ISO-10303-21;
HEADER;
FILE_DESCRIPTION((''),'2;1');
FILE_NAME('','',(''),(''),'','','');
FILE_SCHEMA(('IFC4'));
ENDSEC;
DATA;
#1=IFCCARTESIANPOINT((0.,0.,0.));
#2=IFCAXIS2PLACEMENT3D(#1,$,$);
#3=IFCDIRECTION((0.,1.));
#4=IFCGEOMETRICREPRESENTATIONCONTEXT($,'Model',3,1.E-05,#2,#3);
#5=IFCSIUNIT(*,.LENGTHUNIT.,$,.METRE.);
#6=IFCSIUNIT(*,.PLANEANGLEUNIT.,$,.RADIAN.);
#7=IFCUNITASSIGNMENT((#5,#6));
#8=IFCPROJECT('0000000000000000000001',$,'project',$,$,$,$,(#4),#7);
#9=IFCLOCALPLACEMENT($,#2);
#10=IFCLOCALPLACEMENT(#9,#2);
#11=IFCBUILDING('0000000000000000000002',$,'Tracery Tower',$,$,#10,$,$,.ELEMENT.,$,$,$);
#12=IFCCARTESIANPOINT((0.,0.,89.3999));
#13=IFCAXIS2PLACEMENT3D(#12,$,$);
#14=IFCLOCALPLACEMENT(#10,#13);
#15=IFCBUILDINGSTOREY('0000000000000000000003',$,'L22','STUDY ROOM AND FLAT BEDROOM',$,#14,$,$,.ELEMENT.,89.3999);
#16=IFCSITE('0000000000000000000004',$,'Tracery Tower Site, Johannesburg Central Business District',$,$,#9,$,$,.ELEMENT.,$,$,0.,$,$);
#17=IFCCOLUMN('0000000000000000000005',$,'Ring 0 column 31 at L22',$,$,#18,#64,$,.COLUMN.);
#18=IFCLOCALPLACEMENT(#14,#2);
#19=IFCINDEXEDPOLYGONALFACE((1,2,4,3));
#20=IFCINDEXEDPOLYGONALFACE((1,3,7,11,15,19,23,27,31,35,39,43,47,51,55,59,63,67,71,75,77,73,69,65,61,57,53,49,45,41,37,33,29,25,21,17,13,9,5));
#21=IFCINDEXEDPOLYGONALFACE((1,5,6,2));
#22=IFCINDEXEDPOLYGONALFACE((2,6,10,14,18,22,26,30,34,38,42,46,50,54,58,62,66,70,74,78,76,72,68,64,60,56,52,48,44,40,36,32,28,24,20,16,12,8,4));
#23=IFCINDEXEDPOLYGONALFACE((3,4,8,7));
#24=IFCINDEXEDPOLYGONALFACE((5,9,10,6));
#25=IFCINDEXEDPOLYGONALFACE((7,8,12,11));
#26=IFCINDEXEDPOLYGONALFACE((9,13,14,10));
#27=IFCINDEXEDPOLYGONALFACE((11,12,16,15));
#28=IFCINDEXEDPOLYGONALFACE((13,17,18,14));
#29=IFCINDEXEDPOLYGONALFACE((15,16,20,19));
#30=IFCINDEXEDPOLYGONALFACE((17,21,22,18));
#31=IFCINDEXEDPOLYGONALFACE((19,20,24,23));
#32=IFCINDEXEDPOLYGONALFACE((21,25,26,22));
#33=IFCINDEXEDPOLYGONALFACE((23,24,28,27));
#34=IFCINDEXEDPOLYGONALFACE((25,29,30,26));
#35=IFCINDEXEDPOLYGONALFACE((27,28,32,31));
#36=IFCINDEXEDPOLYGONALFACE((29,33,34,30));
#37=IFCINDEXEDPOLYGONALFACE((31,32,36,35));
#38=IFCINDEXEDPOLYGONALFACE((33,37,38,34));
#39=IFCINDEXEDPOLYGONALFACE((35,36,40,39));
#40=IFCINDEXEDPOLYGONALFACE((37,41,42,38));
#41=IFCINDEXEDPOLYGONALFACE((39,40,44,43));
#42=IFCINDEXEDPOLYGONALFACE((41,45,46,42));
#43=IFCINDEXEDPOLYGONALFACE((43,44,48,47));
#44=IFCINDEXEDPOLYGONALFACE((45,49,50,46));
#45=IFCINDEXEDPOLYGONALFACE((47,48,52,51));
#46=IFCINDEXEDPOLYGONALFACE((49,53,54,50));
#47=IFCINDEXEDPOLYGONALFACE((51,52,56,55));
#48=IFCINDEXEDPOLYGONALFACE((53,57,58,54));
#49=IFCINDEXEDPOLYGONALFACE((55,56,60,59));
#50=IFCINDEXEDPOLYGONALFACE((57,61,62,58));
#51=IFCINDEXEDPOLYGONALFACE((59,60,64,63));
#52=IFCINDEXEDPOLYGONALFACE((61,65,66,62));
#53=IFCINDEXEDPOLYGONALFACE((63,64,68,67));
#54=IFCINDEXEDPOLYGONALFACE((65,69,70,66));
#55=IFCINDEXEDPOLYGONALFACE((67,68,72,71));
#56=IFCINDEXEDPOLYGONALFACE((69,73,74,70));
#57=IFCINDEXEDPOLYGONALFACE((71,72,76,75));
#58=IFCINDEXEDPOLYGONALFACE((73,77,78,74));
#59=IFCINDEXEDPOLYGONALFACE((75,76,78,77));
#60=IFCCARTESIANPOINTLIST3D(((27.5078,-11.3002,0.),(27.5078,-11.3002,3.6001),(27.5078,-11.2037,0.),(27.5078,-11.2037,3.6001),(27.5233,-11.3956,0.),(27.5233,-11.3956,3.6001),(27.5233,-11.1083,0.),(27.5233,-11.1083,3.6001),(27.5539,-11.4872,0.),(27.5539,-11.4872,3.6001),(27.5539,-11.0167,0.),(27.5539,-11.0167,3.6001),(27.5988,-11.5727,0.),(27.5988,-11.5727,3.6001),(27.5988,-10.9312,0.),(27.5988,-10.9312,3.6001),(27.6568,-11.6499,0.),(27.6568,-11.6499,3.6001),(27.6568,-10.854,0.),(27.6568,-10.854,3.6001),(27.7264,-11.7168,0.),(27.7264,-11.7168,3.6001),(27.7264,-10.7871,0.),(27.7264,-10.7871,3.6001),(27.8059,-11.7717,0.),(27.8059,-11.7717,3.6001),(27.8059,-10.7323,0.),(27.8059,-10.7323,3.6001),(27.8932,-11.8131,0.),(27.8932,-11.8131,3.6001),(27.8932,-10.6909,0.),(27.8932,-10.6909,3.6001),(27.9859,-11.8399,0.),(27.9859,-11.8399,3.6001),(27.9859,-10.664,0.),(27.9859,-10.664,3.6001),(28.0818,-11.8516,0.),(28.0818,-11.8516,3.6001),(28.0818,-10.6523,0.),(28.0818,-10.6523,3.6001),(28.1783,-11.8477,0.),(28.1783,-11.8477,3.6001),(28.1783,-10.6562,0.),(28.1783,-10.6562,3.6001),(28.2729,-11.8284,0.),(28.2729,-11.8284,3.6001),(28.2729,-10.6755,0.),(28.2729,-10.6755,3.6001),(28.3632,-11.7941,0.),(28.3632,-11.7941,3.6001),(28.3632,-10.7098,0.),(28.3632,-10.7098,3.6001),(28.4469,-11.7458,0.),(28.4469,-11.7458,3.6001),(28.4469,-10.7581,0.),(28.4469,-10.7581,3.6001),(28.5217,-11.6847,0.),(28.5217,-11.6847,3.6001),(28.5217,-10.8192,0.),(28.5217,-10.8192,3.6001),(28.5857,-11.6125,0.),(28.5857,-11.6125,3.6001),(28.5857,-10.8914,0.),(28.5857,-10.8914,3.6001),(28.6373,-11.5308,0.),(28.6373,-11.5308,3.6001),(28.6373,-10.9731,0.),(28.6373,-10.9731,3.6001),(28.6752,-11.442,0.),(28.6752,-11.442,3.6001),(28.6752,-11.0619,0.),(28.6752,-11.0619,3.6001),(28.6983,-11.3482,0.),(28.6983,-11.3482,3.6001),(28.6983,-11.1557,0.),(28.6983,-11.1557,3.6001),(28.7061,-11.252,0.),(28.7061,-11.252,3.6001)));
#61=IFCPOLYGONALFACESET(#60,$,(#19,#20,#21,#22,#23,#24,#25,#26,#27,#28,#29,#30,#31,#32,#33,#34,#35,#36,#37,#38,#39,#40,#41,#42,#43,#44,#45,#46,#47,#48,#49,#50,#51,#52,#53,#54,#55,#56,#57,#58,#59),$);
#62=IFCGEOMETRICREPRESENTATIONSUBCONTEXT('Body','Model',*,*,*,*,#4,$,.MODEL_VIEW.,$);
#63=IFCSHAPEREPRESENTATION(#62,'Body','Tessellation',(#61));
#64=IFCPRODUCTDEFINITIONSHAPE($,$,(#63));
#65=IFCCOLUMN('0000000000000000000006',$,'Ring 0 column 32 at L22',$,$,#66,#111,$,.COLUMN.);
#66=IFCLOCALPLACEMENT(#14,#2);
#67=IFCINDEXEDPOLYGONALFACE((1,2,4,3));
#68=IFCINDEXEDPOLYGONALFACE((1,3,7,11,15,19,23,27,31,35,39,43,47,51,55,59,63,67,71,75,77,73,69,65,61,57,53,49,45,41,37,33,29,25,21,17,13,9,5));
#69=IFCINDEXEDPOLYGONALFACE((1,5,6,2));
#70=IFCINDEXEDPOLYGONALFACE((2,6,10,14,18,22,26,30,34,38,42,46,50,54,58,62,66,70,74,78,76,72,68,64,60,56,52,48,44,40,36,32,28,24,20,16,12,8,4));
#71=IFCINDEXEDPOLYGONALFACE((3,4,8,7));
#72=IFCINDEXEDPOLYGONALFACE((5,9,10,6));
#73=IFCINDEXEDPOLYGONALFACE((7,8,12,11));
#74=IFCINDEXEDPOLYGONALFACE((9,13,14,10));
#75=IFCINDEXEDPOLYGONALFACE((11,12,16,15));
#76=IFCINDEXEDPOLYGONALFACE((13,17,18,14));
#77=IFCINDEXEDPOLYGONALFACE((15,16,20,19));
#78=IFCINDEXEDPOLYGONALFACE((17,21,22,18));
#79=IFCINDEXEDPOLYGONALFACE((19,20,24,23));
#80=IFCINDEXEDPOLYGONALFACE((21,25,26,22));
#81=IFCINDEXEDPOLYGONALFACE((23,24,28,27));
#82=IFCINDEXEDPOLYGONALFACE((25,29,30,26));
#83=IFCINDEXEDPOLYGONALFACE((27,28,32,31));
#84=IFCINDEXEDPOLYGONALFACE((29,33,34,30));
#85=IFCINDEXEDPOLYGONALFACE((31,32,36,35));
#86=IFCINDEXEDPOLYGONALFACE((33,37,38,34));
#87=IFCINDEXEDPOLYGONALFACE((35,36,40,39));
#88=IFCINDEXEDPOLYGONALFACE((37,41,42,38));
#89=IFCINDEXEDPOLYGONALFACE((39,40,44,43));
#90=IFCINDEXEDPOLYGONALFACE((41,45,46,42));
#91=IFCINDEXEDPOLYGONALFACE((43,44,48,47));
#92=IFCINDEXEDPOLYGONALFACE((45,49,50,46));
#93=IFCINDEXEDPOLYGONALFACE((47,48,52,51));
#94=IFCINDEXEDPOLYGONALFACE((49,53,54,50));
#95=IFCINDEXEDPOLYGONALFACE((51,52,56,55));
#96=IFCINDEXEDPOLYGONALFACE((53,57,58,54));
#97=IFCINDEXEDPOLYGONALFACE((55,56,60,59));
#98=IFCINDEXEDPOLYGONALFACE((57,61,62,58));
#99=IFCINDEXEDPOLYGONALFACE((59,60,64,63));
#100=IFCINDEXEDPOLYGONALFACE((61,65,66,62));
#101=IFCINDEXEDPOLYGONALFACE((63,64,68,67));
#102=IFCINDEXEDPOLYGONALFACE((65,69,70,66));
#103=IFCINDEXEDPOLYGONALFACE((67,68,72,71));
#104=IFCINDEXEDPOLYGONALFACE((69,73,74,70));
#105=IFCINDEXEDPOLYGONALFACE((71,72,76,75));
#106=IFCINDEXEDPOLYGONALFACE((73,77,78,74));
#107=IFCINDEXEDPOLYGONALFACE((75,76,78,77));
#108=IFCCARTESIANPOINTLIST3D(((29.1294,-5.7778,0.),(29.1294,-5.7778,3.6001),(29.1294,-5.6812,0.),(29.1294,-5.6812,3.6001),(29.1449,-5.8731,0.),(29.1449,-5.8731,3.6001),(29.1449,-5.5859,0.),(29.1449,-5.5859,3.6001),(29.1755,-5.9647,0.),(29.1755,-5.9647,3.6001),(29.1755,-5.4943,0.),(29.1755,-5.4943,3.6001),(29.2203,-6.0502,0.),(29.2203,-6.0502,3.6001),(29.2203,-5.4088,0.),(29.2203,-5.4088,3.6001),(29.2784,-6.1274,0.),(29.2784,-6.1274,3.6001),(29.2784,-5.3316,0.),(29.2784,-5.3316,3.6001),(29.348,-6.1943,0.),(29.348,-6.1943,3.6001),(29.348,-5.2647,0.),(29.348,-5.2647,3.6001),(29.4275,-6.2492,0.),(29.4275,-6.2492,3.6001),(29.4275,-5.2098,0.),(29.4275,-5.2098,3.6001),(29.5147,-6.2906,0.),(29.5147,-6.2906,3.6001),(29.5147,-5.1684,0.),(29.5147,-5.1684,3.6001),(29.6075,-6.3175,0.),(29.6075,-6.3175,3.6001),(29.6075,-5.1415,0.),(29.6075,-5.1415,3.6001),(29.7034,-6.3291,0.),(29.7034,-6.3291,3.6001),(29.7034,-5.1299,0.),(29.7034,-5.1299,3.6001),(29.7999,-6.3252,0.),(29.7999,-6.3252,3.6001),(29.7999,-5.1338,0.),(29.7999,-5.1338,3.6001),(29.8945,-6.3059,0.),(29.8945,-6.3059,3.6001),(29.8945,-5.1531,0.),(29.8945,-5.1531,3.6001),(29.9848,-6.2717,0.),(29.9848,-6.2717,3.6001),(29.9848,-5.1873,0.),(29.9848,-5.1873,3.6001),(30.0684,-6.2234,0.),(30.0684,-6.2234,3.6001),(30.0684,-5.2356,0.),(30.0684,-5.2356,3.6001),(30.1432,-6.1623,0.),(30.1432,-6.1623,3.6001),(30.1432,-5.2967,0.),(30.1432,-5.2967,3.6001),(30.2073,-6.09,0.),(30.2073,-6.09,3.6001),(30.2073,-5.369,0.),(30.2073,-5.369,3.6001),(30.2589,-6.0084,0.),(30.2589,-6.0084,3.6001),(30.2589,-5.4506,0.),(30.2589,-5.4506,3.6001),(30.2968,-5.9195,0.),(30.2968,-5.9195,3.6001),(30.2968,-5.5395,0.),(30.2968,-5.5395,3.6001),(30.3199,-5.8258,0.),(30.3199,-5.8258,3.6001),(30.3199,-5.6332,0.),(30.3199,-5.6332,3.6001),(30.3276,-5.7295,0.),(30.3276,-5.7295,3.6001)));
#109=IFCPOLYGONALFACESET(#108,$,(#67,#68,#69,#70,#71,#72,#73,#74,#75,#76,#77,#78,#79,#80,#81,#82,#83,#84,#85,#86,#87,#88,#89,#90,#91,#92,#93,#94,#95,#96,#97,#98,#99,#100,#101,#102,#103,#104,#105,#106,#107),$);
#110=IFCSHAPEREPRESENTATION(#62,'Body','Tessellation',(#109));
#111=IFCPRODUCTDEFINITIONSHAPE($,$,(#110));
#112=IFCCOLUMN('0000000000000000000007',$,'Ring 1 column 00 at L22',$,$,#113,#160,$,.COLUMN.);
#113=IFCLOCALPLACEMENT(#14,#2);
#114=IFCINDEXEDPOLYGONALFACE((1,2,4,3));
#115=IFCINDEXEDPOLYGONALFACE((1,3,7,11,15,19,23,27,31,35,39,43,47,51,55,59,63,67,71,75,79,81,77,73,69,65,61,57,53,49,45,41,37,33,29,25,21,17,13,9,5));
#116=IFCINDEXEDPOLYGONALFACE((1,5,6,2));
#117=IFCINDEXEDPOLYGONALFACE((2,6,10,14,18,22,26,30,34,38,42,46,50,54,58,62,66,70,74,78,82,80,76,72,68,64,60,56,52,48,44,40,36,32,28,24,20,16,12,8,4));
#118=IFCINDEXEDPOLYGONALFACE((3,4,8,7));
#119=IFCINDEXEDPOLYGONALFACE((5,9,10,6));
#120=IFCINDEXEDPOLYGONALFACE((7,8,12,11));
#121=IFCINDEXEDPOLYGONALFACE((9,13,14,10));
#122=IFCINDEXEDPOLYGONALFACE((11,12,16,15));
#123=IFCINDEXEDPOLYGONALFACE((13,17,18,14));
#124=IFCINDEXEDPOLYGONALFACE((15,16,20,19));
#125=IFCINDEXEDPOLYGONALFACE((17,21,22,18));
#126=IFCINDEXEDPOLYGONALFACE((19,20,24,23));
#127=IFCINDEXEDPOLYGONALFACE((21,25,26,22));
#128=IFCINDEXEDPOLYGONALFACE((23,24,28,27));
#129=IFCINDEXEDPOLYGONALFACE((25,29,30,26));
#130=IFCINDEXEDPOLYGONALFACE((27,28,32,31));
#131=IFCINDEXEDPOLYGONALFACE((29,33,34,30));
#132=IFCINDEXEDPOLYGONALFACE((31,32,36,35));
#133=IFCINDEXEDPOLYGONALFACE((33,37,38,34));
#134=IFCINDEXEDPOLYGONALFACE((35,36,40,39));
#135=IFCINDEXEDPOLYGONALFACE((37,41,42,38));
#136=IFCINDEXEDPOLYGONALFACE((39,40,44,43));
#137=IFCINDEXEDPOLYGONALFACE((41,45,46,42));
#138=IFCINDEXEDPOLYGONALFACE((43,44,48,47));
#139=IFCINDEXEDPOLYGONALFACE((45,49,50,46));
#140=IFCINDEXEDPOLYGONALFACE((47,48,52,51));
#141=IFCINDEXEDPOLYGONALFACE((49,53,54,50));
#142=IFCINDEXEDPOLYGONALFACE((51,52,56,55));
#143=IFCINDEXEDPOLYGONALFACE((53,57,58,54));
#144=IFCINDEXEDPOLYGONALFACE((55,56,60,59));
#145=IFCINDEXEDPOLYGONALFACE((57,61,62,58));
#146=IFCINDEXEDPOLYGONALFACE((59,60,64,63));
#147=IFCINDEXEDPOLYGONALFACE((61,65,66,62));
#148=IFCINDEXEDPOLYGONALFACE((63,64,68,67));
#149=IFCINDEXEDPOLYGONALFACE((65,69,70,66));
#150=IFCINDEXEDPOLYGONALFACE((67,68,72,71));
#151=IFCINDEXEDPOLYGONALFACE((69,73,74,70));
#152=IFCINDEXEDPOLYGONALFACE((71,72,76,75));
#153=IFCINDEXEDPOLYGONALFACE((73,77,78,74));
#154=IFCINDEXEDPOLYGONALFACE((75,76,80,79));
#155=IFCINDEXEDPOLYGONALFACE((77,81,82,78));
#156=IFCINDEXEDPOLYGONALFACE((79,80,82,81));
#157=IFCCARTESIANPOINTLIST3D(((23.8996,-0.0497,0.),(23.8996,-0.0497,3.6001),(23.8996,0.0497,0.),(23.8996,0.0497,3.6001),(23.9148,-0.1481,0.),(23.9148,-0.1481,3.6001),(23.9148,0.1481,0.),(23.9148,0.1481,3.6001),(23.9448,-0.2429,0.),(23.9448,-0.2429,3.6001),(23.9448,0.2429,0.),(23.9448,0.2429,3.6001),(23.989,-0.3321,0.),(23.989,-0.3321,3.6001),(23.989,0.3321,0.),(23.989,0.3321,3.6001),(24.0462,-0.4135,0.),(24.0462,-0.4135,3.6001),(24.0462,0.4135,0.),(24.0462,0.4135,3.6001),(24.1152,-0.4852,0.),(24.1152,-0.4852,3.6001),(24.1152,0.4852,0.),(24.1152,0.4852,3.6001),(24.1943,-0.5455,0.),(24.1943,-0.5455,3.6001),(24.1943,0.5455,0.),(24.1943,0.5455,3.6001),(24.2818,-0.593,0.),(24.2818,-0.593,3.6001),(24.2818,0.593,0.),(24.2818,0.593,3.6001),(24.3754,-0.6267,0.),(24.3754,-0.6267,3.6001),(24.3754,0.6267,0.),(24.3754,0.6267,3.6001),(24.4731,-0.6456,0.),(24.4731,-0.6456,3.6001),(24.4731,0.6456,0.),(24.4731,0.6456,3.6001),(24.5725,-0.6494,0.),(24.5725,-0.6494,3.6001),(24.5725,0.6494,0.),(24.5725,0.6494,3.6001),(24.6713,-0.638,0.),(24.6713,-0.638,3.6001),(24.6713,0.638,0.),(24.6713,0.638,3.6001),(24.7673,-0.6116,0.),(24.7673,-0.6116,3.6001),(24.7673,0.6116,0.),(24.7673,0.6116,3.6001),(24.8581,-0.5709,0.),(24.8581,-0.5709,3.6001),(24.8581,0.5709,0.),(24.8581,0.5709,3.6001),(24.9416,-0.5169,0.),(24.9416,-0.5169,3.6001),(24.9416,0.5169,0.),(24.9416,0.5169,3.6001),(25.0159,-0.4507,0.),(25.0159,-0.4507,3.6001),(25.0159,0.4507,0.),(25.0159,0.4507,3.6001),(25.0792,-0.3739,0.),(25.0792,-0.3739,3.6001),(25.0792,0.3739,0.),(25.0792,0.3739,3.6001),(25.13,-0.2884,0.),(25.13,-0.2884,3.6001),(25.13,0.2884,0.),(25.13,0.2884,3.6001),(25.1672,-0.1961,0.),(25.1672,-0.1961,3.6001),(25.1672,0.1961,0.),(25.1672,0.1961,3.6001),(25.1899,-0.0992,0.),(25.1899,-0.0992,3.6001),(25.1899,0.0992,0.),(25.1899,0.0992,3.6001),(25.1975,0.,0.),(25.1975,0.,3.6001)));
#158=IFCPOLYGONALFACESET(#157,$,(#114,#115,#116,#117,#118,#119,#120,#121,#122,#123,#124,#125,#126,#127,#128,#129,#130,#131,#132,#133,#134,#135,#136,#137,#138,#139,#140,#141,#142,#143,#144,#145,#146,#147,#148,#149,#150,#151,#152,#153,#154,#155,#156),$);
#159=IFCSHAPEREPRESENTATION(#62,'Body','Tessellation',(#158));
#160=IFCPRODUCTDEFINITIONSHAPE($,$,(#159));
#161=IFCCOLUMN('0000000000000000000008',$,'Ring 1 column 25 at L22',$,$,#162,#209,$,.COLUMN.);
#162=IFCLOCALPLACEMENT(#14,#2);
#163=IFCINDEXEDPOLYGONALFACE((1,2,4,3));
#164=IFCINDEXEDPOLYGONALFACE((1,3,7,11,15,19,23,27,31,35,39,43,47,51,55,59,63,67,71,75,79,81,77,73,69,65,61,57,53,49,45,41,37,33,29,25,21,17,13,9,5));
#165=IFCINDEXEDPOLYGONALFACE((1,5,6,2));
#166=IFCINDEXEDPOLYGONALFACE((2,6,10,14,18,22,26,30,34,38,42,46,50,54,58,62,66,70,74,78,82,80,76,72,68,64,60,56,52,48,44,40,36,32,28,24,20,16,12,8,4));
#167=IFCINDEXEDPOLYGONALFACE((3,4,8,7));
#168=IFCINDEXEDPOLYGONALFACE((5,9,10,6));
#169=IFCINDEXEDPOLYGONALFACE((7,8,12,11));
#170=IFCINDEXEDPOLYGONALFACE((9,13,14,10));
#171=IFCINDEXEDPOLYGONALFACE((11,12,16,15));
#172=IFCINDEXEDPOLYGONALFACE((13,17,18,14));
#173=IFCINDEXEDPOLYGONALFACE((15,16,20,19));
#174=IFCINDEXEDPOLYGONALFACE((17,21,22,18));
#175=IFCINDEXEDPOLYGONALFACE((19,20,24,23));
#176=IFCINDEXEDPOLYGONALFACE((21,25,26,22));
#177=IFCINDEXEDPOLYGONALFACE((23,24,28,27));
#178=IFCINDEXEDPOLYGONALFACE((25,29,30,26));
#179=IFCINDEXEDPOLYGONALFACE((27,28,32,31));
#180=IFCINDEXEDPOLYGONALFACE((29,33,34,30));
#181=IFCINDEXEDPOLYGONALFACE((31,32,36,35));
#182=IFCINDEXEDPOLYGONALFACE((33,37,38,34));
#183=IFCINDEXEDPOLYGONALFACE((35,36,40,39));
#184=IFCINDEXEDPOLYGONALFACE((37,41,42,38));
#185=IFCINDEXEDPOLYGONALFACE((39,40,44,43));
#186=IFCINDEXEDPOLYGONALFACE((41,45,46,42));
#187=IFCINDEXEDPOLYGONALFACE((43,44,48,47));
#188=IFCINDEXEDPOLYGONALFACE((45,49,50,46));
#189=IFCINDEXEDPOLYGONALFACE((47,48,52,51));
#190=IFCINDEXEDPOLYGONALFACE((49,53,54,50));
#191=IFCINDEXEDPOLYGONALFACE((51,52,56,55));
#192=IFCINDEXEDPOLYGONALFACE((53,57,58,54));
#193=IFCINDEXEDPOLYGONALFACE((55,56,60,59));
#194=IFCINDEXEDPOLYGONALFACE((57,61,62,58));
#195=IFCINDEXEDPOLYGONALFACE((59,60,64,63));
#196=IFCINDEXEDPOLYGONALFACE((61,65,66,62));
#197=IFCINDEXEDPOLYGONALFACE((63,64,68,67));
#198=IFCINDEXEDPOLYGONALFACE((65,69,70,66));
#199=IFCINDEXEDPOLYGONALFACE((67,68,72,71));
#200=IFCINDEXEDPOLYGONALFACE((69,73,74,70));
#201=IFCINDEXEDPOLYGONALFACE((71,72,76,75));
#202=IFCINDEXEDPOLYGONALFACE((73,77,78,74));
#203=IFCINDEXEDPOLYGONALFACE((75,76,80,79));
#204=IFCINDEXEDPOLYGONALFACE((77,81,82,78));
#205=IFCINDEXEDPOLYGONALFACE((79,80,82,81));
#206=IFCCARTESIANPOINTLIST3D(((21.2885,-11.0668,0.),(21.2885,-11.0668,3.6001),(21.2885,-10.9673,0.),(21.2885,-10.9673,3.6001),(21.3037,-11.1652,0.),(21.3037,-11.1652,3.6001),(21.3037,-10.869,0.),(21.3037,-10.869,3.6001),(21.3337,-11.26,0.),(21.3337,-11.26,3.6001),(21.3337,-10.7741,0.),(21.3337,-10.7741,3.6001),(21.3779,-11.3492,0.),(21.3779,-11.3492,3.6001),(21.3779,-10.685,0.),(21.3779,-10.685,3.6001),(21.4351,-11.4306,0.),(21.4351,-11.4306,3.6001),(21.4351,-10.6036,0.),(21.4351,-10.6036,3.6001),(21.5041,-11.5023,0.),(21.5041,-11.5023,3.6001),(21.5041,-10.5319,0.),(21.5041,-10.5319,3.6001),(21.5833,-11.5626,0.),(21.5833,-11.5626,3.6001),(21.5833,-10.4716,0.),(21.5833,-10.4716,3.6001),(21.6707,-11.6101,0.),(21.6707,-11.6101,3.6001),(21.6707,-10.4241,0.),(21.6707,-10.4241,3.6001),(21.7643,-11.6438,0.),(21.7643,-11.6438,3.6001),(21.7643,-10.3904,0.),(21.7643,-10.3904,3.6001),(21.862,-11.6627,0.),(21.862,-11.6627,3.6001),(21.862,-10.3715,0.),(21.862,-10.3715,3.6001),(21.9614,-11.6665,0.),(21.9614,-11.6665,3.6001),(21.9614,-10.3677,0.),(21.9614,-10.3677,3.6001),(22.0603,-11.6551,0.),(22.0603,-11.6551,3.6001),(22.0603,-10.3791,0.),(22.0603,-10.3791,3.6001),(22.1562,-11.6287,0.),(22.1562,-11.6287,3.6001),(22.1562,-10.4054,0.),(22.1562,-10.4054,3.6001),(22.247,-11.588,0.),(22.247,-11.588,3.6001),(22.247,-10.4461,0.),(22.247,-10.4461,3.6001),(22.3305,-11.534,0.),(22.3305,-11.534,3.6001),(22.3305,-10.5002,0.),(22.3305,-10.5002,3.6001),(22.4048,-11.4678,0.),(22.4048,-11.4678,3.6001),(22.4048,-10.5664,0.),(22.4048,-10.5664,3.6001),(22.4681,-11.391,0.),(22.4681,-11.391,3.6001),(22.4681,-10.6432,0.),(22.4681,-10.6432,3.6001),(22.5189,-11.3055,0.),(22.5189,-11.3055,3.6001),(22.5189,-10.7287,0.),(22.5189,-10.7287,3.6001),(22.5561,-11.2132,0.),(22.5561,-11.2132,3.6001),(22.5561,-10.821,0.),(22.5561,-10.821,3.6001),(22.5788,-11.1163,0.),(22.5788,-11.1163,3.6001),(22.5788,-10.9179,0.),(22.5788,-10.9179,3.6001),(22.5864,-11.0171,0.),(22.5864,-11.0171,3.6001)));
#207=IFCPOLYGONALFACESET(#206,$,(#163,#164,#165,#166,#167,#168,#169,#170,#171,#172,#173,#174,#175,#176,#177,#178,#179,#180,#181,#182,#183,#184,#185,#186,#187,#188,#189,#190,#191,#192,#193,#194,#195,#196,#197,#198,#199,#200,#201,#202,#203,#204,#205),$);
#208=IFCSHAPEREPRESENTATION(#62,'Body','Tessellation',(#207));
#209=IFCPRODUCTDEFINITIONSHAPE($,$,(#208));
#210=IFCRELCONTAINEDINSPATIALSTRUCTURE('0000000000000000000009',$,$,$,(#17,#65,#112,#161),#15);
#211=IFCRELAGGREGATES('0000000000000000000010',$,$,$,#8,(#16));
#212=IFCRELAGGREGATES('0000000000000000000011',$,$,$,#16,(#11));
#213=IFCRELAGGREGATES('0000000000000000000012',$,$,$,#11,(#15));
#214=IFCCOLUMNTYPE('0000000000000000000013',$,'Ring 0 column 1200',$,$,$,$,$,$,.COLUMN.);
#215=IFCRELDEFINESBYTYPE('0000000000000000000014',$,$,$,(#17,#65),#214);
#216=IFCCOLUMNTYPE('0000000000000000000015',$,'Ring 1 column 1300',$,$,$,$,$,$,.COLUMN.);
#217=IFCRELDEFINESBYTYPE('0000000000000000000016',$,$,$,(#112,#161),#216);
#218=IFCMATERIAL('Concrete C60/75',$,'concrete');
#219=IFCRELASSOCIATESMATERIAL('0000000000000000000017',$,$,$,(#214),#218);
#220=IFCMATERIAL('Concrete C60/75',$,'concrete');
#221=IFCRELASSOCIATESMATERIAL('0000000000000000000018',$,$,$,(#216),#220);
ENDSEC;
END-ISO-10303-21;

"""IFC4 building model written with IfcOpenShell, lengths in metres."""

from ifc_helpers import new_model, si_unit, direction, frame, origin, origin_2d, place, context, subcontext, project, spatial, circle, extrude, material, material_profile, profile_set, type_object, element, save


model = new_model("IFC4")

# Units and contexts
model_context = context("Model", 3, precision=1e-05, world=origin(), true_north=direction((0.0, 1.0)))
body_context = subcontext(model_context, "Body", "Model", "MODEL_VIEW")
ifc_project = project(units=[si_unit("LENGTHUNIT", "METRE"), si_unit("PLANEANGLEUNIT", "RADIAN")], contexts=[model_context])

# Site, building, storey
site_placement = place(None, origin())
site = spatial("IfcSite", under=ifc_project, at=site_placement, Name="Tracery Tower Site, Johannesburg Central Business District", CompositionType="ELEMENT", RefElevation=0.0)
building_placement = place(site_placement, origin())
building = spatial("IfcBuilding", under=site, at=building_placement, Name="Tracery Tower", CompositionType="ELEMENT")
storey_placement = place(building_placement, frame((0.0, 0.0, 89.3999)))
storey = spatial("IfcBuildingStorey", under=building, at=storey_placement, Name="L22", Description="STUDY ROOM AND FLAT BEDROOM", CompositionType="ELEMENT", Elevation=89.3999)

# Columns
ifc_material_1 = material(Name="Concrete C60/75", Category="concrete")
ifc_material_profile_1 = material_profile(ifc_material_1, circle(Radius=0.6001, at=origin_2d()), Name="RC D1200")
ifc_profile_set_1 = profile_set([ifc_material_profile_1], Name="Concrete C60/75")
column_type_1 = type_object("IfcColumnType", Name="Ring 0 column 1200", PredefinedType="COLUMN", material=ifc_profile_set_1)
for number, where, z_axis, x_axis, name in (
    (1, (28.106, -11.252, 0.0), (0.0, 0.0, 1.0), (1.0, 0.0, 0.0), "Ring 0 column 31 at L22"),
    (2, (29.7275, -5.7295, 0.0), (0.0, 0.0, 1.0), (1.0, 0.0, 0.0), "Ring 0 column 32 at L22"),
):
    element("IfcColumn", number, at=place(storey_placement, frame(where, z_axis=z_axis, x_axis=x_axis)), inside=storey, type_object=column_type_1, Name=name, PredefinedType="COLUMN", context=body_context, shape_type="SweptSolid", body=[
        extrude(circle(Radius=0.6001, at=origin_2d()), origin(), (0.0, 0.0, 1.0), 3.6001),
    ])
ifc_material_2 = material(Name="Concrete C60/75", Category="concrete")
ifc_material_profile_2 = material_profile(ifc_material_2, circle(Radius=0.6499, at=origin_2d()), Name="RC D1300")
ifc_profile_set_2 = profile_set([ifc_material_profile_2], Name="Concrete C60/75")
column_type_2 = type_object("IfcColumnType", Name="Ring 1 column 1300", PredefinedType="COLUMN", material=ifc_profile_set_2)
for number, where, z_axis, x_axis, name in (
    (3, (24.5476, 0.0, 0.0), (0.0, 0.0, 1.0), (1.0, 0.0, 0.0), "Ring 1 column 00 at L22"),
    (4, (21.9365, -11.0171, 0.0), (0.0, 0.0, 1.0), (1.0, 0.0, 0.0), "Ring 1 column 25 at L22"),
):
    element("IfcColumn", number, at=place(storey_placement, frame(where, z_axis=z_axis, x_axis=x_axis)), inside=storey, type_object=column_type_2, Name=name, PredefinedType="COLUMN", context=body_context, shape_type="SweptSolid", body=[
        extrude(circle(Radius=0.6499, at=origin_2d()), origin(), (0.0, 0.0, 1.0), 3.6001),
    ])

save(model, "model.ifc")
